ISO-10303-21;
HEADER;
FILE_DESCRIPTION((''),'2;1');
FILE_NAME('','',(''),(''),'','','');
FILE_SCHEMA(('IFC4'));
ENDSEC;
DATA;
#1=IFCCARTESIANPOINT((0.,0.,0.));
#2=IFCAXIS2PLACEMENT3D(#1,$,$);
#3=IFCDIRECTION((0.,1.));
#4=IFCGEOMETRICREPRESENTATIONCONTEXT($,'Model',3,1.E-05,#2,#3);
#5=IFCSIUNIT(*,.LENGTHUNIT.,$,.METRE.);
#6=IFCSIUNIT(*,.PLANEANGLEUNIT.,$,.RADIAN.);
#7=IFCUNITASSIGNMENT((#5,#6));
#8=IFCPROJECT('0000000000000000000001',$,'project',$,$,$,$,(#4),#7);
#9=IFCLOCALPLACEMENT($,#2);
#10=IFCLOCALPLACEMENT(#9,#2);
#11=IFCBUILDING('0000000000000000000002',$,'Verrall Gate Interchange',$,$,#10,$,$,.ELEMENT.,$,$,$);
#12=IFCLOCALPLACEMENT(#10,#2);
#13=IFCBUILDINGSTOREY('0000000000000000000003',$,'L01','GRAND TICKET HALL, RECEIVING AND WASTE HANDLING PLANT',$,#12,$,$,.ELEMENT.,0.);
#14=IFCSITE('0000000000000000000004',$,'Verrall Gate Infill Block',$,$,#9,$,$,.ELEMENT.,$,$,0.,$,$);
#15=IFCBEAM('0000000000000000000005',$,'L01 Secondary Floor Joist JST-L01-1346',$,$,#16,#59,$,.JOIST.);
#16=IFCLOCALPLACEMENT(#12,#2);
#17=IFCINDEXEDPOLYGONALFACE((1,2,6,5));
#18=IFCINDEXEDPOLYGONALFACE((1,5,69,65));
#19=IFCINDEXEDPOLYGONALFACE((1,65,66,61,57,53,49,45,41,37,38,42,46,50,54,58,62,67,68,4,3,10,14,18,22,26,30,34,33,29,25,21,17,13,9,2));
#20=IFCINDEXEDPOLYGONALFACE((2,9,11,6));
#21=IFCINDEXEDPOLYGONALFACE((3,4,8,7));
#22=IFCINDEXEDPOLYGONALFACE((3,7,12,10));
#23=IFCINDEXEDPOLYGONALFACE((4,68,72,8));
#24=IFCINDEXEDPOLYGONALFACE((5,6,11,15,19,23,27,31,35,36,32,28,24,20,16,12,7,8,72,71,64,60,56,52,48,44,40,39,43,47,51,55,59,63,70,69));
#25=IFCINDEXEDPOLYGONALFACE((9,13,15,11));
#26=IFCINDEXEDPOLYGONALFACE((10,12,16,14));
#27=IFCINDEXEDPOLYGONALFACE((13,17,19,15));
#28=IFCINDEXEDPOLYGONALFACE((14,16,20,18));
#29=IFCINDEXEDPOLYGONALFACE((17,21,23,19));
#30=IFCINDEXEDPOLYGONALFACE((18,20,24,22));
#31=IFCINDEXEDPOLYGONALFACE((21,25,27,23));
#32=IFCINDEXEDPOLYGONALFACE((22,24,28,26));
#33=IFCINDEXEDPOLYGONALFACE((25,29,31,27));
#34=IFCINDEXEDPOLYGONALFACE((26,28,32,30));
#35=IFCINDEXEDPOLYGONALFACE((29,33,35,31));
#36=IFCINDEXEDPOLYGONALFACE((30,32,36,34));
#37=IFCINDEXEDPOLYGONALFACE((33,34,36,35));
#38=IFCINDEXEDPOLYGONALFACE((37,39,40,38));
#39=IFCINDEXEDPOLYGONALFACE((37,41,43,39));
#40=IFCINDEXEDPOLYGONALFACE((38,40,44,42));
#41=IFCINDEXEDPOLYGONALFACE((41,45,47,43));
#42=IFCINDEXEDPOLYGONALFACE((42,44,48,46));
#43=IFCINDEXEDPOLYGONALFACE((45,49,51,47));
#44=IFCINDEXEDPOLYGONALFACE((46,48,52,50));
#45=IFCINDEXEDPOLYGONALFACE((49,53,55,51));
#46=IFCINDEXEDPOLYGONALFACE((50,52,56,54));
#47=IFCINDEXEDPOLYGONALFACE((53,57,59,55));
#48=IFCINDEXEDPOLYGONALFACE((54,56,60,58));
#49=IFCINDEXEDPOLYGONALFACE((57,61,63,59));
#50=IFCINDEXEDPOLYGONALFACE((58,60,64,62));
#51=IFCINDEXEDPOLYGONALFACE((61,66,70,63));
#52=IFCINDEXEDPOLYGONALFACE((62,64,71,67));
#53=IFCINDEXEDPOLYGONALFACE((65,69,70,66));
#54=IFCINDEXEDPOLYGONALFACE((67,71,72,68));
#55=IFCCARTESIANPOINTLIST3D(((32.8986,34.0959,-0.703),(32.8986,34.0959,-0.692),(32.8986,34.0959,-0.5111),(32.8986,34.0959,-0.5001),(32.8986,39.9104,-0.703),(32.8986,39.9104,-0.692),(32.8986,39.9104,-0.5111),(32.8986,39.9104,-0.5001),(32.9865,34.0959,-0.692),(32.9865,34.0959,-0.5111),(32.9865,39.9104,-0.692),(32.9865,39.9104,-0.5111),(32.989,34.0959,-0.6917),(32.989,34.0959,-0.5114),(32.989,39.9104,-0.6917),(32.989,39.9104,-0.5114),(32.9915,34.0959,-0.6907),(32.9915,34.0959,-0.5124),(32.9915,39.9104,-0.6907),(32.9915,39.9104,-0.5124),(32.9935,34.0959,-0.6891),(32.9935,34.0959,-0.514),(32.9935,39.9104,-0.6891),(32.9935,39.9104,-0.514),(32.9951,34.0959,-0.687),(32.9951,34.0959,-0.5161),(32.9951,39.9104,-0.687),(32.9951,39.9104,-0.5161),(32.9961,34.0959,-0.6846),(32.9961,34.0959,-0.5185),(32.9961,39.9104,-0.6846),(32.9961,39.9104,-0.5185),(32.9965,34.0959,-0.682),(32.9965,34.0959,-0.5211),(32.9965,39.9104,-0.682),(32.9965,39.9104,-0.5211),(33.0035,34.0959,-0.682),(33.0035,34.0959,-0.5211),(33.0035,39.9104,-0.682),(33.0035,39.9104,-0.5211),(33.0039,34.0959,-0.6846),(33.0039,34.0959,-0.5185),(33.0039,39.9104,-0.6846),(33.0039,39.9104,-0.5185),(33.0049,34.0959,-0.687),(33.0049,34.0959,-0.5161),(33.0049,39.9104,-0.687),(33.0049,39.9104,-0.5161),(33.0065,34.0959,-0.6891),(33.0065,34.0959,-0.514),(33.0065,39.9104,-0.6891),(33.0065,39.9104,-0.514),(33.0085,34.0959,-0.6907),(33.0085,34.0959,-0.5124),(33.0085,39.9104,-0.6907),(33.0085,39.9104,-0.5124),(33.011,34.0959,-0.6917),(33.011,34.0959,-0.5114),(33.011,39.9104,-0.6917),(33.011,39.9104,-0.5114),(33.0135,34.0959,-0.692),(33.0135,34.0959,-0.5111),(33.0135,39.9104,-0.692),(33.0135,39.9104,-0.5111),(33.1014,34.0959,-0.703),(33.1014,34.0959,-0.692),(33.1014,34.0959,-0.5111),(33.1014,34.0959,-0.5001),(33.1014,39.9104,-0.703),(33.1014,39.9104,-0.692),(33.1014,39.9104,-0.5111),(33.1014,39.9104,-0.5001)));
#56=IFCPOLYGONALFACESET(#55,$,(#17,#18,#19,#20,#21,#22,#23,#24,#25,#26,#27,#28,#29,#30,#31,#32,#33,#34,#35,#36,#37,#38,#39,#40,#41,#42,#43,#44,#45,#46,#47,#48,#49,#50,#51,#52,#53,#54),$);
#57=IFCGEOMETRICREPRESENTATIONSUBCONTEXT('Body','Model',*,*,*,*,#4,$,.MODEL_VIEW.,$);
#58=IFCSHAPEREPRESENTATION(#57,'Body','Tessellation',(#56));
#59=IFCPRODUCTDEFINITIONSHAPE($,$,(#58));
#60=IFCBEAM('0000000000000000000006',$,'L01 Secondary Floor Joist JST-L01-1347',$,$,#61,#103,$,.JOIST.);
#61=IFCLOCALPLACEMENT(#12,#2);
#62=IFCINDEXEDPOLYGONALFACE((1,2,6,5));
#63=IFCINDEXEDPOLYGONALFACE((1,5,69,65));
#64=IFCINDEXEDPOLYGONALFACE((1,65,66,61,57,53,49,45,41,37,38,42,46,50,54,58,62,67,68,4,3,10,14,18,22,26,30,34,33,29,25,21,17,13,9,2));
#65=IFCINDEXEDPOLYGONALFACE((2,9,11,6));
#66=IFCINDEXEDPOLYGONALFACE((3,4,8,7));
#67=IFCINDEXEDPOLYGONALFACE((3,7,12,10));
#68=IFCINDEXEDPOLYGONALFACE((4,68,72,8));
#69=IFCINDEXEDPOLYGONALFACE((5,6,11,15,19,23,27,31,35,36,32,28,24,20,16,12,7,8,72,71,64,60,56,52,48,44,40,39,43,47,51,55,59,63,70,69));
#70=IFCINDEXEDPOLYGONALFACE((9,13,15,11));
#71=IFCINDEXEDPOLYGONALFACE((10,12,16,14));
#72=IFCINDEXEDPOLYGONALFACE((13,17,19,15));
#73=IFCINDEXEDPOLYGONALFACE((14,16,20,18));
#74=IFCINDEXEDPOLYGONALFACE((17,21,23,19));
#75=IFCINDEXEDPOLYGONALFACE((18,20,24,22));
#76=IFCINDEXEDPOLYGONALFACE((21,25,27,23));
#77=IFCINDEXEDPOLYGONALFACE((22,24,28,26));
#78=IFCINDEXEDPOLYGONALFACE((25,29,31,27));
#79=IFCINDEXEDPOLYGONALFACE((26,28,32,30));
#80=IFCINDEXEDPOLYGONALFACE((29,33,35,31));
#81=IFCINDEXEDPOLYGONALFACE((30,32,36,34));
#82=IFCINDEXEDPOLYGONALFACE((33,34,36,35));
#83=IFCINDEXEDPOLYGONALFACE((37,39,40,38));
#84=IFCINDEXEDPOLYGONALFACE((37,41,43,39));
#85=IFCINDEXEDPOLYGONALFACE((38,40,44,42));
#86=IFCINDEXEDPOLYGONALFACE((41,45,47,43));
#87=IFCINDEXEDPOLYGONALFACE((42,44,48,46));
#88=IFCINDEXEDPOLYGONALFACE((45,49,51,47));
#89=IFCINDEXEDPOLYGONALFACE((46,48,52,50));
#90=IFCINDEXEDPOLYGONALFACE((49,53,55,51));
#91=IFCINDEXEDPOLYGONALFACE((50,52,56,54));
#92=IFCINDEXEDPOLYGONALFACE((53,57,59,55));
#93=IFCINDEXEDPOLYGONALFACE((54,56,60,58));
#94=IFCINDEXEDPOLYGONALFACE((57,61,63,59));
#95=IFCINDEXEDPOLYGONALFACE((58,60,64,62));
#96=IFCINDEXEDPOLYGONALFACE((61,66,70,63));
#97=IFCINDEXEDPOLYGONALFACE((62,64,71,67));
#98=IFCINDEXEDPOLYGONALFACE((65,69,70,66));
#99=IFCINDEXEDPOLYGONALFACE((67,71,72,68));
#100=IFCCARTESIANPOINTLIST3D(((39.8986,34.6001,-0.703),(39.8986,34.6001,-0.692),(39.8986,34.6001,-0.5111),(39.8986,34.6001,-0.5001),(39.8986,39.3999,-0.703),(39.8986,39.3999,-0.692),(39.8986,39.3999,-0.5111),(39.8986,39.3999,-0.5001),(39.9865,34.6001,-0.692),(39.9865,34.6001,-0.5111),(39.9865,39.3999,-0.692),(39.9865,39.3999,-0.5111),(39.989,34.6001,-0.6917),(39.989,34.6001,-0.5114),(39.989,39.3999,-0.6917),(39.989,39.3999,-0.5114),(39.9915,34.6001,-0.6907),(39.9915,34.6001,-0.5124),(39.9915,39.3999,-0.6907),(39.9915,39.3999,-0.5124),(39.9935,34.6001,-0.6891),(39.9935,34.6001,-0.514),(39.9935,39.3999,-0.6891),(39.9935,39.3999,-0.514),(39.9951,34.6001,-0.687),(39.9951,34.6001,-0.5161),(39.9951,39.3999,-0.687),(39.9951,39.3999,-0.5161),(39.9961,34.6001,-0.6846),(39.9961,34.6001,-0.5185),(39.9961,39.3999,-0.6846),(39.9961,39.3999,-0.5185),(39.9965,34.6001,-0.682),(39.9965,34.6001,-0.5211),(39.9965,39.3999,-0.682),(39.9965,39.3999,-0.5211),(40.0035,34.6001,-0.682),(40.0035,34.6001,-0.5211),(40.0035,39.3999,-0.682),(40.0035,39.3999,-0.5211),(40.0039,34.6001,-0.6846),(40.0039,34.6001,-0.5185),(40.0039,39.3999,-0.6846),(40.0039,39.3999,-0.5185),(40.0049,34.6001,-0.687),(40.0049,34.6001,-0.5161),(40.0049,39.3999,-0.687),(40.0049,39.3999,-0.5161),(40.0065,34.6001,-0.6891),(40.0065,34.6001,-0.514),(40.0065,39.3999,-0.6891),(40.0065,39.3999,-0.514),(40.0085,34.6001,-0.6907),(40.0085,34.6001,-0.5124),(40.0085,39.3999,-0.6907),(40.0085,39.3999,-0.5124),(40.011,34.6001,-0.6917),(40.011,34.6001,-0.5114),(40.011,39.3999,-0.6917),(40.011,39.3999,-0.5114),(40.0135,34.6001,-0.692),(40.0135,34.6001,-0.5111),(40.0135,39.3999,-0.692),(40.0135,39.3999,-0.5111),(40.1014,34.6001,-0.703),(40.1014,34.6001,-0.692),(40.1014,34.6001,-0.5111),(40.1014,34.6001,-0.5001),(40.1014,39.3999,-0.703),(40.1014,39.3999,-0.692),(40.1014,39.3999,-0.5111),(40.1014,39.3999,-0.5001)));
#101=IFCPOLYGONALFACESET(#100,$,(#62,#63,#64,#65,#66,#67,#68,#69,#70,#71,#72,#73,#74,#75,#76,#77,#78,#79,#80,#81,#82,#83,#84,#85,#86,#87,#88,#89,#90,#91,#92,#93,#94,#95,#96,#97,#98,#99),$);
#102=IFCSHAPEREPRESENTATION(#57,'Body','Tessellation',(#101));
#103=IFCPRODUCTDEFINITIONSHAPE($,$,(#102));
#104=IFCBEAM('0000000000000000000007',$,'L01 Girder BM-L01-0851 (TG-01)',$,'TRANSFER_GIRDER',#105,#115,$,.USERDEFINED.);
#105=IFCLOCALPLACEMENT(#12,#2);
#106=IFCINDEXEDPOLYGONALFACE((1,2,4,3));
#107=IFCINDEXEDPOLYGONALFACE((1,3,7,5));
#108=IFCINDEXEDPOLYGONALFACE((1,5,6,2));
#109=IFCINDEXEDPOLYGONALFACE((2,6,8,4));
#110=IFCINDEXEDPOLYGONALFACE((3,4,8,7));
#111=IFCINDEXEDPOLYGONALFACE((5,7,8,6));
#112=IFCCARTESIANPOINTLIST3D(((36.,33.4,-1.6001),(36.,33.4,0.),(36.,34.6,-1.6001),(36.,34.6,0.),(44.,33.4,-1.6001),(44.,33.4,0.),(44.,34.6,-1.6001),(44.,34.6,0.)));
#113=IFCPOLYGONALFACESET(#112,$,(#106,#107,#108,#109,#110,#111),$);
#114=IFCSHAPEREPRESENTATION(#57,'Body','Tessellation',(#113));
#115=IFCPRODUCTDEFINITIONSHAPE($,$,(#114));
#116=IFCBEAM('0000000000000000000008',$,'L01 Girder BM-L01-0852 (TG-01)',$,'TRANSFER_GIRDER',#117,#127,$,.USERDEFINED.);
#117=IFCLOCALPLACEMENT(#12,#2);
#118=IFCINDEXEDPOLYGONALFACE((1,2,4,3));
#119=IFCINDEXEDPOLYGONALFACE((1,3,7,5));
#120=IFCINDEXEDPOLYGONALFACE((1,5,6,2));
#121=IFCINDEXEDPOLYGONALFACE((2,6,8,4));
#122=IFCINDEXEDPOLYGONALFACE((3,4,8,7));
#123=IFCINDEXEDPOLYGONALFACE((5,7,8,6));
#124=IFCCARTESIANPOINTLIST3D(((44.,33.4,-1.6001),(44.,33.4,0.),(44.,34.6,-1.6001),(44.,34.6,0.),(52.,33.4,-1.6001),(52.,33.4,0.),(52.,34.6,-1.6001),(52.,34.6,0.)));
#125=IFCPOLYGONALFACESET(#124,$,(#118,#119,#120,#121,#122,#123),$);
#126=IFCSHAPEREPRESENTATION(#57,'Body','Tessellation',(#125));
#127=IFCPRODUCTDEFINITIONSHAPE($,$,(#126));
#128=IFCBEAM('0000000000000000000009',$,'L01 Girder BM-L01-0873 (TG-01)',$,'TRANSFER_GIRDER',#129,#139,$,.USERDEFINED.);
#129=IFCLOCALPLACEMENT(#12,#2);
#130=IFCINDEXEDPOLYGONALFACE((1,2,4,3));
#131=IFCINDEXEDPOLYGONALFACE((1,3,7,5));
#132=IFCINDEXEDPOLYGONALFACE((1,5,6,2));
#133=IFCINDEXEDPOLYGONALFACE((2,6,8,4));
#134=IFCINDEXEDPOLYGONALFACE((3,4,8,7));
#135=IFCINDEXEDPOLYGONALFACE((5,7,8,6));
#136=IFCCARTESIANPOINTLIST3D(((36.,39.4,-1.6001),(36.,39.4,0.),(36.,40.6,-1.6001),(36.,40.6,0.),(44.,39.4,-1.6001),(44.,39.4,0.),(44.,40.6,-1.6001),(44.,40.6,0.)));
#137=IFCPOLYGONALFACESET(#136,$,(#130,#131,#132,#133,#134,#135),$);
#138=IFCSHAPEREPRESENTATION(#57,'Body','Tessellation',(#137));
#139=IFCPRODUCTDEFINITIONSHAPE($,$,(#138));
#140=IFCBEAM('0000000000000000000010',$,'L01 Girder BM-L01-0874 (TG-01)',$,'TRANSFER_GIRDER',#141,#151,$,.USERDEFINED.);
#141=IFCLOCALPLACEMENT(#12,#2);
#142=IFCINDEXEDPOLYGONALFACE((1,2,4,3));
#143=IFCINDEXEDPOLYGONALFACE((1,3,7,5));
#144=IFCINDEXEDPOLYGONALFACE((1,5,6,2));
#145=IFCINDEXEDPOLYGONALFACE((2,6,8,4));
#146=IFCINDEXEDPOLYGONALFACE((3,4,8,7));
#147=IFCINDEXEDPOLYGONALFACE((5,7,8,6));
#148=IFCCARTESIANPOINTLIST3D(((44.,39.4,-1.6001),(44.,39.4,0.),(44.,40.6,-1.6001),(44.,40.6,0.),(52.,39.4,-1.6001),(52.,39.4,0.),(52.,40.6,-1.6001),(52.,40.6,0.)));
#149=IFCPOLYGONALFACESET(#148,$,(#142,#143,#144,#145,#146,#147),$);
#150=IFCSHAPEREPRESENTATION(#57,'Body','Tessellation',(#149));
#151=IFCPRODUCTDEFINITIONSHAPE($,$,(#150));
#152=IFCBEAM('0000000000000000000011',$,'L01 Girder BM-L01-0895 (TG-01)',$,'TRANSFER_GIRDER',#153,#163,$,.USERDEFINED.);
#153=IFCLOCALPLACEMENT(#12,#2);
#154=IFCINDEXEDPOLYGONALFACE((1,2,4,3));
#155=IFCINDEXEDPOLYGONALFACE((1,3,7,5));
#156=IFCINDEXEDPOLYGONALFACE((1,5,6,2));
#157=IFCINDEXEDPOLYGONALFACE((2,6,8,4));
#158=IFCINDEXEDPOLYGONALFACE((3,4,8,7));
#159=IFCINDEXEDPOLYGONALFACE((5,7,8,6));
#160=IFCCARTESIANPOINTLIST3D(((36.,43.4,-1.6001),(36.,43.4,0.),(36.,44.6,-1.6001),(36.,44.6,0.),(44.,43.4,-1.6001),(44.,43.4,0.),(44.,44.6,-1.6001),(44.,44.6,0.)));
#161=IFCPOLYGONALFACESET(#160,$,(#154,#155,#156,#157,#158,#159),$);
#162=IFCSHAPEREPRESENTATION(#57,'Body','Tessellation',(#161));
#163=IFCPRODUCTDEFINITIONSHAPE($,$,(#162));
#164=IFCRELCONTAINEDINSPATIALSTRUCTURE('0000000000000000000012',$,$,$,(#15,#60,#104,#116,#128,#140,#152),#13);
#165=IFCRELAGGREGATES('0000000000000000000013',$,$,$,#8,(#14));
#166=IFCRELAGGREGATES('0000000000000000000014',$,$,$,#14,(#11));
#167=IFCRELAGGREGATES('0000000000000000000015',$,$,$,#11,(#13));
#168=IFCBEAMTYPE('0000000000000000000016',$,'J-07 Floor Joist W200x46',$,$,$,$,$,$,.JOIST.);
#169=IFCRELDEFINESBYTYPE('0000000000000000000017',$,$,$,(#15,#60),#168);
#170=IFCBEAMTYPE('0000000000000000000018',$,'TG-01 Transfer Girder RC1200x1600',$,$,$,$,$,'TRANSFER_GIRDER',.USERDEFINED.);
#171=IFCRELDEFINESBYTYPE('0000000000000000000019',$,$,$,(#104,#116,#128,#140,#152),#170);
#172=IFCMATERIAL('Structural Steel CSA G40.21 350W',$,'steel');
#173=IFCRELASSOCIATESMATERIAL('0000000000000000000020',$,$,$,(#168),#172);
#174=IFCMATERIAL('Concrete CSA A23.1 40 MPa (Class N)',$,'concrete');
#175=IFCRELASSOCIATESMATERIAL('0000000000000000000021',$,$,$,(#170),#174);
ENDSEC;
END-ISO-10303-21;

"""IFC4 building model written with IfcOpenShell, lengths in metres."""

from ifc_helpers import new_model, si_unit, direction, frame, origin, origin_2d, place, context, subcontext, project, spatial, rectangle, i_section, extrude, material, material_profile, profile_set, type_object, element, save


model = new_model("IFC4")

# Units and contexts
model_context = context("Model", 3, precision=1e-05, world=origin(), true_north=direction((0.0, 1.0)))
body_context = subcontext(model_context, "Body", "Model", "MODEL_VIEW")
ifc_project = project(units=[si_unit("LENGTHUNIT", "METRE"), si_unit("PLANEANGLEUNIT", "RADIAN")], contexts=[model_context])

# Site, building, storey
site_placement = place(None, origin())
site = spatial("IfcSite", under=ifc_project, at=site_placement, Name="Verrall Gate Infill Block", CompositionType="ELEMENT", RefElevation=0.0)
building_placement = place(site_placement, origin())
building = spatial("IfcBuilding", under=site, at=building_placement, Name="Verrall Gate Interchange", CompositionType="ELEMENT")
storey_placement = place(building_placement, origin())
storey = spatial("IfcBuildingStorey", under=building, at=storey_placement, Name="L01", Description="GRAND TICKET HALL, RECEIVING AND WASTE HANDLING PLANT", CompositionType="ELEMENT", Elevation=0.0)

# Beams
ifc_material_1 = material(Name="Structural Steel CSA G40.21 350W", Category="steel")
ifc_material_profile_1 = material_profile(ifc_material_1, i_section(OverallWidth=0.2029, OverallDepth=0.2029, WebThickness=0.0071, FlangeThickness=0.011, FilletRadius=0.01, at=origin_2d()), Name="W200x46")
ifc_profile_set_1 = profile_set([ifc_material_profile_1], Name="Structural Steel CSA G40.21 350W")
beam_type_1 = type_object("IfcBeamType", Name="J-07 Floor Joist W200x46", PredefinedType="JOIST", material=ifc_profile_set_1)
beam_1_placement = place(storey_placement, frame((33.0, 34.0959, -0.6016), z_axis=(0.0, 1.0, 0.0), x_axis=(-1.0, 0.0, 0.0)))
element("IfcBeam", 1, at=beam_1_placement, inside=storey, type_object=beam_type_1, Name="L01 Secondary Floor Joist JST-L01-1346", PredefinedType="JOIST", context=body_context, shape_type="SweptSolid", body=[
    extrude(i_section(OverallWidth=0.2029, OverallDepth=0.2029, WebThickness=0.0071, FlangeThickness=0.011, FilletRadius=0.01, at=origin_2d()), origin(), (0.0, 0.0, 1.0), 5.8145),
])
beam_2_placement = place(storey_placement, frame((40.0, 34.6001, -0.6016), z_axis=(0.0, 1.0, 0.0), x_axis=(-1.0, 0.0, 0.0)))
element("IfcBeam", 2, at=beam_2_placement, inside=storey, type_object=beam_type_1, Name="L01 Secondary Floor Joist JST-L01-1347", PredefinedType="JOIST", context=body_context, shape_type="SweptSolid", body=[
    extrude(i_section(OverallWidth=0.2029, OverallDepth=0.2029, WebThickness=0.0071, FlangeThickness=0.011, FilletRadius=0.01, at=origin_2d()), origin(), (0.0, 0.0, 1.0), 4.7998),
])
ifc_material_2 = material(Name="Concrete CSA A23.1 40 MPa (Class N)", Category="concrete")
ifc_material_profile_2 = material_profile(ifc_material_2, rectangle(XDim=1.2, YDim=1.6001, at=origin_2d()), Name="RC1200x1600")
ifc_profile_set_2 = profile_set([ifc_material_profile_2], Name="Concrete CSA A23.1 40 MPa (Class N)")
beam_type_2 = type_object("IfcBeamType", Name="TG-01 Transfer Girder RC1200x1600", ElementType="TRANSFER_GIRDER", PredefinedType="USERDEFINED", material=ifc_profile_set_2)
for number, where, z_axis, x_axis, name in (
    (3, (36.0, 34.0, -0.8), (1.0, 0.0, 0.0), (0.0, 1.0, 0.0), "L01 Girder BM-L01-0851 (TG-01)"),
    (4, (44.0, 34.0, -0.8), (1.0, 0.0, 0.0), (0.0, 1.0, 0.0), "L01 Girder BM-L01-0852 (TG-01)"),
    (5, (36.0, 40.0, -0.8), (1.0, 0.0, 0.0), (0.0, 1.0, 0.0), "L01 Girder BM-L01-0873 (TG-01)"),
    (6, (44.0, 40.0, -0.8), (1.0, 0.0, 0.0), (0.0, 1.0, 0.0), "L01 Girder BM-L01-0874 (TG-01)"),
    (7, (36.0, 44.0, -0.8), (1.0, 0.0, 0.0), (0.0, 1.0, 0.0), "L01 Girder BM-L01-0895 (TG-01)"),
):
    element("IfcBeam", number, at=place(storey_placement, frame(where, z_axis=z_axis, x_axis=x_axis)), inside=storey, type_object=beam_type_2, Name=name, ObjectType="TRANSFER_GIRDER", PredefinedType="USERDEFINED", context=body_context, shape_type="SweptSolid", body=[
        extrude(rectangle(XDim=1.2, YDim=1.6001, at=origin_2d()), origin(), (0.0, 0.0, 1.0), 8.0),
    ])

save(model, "model.ifc")
